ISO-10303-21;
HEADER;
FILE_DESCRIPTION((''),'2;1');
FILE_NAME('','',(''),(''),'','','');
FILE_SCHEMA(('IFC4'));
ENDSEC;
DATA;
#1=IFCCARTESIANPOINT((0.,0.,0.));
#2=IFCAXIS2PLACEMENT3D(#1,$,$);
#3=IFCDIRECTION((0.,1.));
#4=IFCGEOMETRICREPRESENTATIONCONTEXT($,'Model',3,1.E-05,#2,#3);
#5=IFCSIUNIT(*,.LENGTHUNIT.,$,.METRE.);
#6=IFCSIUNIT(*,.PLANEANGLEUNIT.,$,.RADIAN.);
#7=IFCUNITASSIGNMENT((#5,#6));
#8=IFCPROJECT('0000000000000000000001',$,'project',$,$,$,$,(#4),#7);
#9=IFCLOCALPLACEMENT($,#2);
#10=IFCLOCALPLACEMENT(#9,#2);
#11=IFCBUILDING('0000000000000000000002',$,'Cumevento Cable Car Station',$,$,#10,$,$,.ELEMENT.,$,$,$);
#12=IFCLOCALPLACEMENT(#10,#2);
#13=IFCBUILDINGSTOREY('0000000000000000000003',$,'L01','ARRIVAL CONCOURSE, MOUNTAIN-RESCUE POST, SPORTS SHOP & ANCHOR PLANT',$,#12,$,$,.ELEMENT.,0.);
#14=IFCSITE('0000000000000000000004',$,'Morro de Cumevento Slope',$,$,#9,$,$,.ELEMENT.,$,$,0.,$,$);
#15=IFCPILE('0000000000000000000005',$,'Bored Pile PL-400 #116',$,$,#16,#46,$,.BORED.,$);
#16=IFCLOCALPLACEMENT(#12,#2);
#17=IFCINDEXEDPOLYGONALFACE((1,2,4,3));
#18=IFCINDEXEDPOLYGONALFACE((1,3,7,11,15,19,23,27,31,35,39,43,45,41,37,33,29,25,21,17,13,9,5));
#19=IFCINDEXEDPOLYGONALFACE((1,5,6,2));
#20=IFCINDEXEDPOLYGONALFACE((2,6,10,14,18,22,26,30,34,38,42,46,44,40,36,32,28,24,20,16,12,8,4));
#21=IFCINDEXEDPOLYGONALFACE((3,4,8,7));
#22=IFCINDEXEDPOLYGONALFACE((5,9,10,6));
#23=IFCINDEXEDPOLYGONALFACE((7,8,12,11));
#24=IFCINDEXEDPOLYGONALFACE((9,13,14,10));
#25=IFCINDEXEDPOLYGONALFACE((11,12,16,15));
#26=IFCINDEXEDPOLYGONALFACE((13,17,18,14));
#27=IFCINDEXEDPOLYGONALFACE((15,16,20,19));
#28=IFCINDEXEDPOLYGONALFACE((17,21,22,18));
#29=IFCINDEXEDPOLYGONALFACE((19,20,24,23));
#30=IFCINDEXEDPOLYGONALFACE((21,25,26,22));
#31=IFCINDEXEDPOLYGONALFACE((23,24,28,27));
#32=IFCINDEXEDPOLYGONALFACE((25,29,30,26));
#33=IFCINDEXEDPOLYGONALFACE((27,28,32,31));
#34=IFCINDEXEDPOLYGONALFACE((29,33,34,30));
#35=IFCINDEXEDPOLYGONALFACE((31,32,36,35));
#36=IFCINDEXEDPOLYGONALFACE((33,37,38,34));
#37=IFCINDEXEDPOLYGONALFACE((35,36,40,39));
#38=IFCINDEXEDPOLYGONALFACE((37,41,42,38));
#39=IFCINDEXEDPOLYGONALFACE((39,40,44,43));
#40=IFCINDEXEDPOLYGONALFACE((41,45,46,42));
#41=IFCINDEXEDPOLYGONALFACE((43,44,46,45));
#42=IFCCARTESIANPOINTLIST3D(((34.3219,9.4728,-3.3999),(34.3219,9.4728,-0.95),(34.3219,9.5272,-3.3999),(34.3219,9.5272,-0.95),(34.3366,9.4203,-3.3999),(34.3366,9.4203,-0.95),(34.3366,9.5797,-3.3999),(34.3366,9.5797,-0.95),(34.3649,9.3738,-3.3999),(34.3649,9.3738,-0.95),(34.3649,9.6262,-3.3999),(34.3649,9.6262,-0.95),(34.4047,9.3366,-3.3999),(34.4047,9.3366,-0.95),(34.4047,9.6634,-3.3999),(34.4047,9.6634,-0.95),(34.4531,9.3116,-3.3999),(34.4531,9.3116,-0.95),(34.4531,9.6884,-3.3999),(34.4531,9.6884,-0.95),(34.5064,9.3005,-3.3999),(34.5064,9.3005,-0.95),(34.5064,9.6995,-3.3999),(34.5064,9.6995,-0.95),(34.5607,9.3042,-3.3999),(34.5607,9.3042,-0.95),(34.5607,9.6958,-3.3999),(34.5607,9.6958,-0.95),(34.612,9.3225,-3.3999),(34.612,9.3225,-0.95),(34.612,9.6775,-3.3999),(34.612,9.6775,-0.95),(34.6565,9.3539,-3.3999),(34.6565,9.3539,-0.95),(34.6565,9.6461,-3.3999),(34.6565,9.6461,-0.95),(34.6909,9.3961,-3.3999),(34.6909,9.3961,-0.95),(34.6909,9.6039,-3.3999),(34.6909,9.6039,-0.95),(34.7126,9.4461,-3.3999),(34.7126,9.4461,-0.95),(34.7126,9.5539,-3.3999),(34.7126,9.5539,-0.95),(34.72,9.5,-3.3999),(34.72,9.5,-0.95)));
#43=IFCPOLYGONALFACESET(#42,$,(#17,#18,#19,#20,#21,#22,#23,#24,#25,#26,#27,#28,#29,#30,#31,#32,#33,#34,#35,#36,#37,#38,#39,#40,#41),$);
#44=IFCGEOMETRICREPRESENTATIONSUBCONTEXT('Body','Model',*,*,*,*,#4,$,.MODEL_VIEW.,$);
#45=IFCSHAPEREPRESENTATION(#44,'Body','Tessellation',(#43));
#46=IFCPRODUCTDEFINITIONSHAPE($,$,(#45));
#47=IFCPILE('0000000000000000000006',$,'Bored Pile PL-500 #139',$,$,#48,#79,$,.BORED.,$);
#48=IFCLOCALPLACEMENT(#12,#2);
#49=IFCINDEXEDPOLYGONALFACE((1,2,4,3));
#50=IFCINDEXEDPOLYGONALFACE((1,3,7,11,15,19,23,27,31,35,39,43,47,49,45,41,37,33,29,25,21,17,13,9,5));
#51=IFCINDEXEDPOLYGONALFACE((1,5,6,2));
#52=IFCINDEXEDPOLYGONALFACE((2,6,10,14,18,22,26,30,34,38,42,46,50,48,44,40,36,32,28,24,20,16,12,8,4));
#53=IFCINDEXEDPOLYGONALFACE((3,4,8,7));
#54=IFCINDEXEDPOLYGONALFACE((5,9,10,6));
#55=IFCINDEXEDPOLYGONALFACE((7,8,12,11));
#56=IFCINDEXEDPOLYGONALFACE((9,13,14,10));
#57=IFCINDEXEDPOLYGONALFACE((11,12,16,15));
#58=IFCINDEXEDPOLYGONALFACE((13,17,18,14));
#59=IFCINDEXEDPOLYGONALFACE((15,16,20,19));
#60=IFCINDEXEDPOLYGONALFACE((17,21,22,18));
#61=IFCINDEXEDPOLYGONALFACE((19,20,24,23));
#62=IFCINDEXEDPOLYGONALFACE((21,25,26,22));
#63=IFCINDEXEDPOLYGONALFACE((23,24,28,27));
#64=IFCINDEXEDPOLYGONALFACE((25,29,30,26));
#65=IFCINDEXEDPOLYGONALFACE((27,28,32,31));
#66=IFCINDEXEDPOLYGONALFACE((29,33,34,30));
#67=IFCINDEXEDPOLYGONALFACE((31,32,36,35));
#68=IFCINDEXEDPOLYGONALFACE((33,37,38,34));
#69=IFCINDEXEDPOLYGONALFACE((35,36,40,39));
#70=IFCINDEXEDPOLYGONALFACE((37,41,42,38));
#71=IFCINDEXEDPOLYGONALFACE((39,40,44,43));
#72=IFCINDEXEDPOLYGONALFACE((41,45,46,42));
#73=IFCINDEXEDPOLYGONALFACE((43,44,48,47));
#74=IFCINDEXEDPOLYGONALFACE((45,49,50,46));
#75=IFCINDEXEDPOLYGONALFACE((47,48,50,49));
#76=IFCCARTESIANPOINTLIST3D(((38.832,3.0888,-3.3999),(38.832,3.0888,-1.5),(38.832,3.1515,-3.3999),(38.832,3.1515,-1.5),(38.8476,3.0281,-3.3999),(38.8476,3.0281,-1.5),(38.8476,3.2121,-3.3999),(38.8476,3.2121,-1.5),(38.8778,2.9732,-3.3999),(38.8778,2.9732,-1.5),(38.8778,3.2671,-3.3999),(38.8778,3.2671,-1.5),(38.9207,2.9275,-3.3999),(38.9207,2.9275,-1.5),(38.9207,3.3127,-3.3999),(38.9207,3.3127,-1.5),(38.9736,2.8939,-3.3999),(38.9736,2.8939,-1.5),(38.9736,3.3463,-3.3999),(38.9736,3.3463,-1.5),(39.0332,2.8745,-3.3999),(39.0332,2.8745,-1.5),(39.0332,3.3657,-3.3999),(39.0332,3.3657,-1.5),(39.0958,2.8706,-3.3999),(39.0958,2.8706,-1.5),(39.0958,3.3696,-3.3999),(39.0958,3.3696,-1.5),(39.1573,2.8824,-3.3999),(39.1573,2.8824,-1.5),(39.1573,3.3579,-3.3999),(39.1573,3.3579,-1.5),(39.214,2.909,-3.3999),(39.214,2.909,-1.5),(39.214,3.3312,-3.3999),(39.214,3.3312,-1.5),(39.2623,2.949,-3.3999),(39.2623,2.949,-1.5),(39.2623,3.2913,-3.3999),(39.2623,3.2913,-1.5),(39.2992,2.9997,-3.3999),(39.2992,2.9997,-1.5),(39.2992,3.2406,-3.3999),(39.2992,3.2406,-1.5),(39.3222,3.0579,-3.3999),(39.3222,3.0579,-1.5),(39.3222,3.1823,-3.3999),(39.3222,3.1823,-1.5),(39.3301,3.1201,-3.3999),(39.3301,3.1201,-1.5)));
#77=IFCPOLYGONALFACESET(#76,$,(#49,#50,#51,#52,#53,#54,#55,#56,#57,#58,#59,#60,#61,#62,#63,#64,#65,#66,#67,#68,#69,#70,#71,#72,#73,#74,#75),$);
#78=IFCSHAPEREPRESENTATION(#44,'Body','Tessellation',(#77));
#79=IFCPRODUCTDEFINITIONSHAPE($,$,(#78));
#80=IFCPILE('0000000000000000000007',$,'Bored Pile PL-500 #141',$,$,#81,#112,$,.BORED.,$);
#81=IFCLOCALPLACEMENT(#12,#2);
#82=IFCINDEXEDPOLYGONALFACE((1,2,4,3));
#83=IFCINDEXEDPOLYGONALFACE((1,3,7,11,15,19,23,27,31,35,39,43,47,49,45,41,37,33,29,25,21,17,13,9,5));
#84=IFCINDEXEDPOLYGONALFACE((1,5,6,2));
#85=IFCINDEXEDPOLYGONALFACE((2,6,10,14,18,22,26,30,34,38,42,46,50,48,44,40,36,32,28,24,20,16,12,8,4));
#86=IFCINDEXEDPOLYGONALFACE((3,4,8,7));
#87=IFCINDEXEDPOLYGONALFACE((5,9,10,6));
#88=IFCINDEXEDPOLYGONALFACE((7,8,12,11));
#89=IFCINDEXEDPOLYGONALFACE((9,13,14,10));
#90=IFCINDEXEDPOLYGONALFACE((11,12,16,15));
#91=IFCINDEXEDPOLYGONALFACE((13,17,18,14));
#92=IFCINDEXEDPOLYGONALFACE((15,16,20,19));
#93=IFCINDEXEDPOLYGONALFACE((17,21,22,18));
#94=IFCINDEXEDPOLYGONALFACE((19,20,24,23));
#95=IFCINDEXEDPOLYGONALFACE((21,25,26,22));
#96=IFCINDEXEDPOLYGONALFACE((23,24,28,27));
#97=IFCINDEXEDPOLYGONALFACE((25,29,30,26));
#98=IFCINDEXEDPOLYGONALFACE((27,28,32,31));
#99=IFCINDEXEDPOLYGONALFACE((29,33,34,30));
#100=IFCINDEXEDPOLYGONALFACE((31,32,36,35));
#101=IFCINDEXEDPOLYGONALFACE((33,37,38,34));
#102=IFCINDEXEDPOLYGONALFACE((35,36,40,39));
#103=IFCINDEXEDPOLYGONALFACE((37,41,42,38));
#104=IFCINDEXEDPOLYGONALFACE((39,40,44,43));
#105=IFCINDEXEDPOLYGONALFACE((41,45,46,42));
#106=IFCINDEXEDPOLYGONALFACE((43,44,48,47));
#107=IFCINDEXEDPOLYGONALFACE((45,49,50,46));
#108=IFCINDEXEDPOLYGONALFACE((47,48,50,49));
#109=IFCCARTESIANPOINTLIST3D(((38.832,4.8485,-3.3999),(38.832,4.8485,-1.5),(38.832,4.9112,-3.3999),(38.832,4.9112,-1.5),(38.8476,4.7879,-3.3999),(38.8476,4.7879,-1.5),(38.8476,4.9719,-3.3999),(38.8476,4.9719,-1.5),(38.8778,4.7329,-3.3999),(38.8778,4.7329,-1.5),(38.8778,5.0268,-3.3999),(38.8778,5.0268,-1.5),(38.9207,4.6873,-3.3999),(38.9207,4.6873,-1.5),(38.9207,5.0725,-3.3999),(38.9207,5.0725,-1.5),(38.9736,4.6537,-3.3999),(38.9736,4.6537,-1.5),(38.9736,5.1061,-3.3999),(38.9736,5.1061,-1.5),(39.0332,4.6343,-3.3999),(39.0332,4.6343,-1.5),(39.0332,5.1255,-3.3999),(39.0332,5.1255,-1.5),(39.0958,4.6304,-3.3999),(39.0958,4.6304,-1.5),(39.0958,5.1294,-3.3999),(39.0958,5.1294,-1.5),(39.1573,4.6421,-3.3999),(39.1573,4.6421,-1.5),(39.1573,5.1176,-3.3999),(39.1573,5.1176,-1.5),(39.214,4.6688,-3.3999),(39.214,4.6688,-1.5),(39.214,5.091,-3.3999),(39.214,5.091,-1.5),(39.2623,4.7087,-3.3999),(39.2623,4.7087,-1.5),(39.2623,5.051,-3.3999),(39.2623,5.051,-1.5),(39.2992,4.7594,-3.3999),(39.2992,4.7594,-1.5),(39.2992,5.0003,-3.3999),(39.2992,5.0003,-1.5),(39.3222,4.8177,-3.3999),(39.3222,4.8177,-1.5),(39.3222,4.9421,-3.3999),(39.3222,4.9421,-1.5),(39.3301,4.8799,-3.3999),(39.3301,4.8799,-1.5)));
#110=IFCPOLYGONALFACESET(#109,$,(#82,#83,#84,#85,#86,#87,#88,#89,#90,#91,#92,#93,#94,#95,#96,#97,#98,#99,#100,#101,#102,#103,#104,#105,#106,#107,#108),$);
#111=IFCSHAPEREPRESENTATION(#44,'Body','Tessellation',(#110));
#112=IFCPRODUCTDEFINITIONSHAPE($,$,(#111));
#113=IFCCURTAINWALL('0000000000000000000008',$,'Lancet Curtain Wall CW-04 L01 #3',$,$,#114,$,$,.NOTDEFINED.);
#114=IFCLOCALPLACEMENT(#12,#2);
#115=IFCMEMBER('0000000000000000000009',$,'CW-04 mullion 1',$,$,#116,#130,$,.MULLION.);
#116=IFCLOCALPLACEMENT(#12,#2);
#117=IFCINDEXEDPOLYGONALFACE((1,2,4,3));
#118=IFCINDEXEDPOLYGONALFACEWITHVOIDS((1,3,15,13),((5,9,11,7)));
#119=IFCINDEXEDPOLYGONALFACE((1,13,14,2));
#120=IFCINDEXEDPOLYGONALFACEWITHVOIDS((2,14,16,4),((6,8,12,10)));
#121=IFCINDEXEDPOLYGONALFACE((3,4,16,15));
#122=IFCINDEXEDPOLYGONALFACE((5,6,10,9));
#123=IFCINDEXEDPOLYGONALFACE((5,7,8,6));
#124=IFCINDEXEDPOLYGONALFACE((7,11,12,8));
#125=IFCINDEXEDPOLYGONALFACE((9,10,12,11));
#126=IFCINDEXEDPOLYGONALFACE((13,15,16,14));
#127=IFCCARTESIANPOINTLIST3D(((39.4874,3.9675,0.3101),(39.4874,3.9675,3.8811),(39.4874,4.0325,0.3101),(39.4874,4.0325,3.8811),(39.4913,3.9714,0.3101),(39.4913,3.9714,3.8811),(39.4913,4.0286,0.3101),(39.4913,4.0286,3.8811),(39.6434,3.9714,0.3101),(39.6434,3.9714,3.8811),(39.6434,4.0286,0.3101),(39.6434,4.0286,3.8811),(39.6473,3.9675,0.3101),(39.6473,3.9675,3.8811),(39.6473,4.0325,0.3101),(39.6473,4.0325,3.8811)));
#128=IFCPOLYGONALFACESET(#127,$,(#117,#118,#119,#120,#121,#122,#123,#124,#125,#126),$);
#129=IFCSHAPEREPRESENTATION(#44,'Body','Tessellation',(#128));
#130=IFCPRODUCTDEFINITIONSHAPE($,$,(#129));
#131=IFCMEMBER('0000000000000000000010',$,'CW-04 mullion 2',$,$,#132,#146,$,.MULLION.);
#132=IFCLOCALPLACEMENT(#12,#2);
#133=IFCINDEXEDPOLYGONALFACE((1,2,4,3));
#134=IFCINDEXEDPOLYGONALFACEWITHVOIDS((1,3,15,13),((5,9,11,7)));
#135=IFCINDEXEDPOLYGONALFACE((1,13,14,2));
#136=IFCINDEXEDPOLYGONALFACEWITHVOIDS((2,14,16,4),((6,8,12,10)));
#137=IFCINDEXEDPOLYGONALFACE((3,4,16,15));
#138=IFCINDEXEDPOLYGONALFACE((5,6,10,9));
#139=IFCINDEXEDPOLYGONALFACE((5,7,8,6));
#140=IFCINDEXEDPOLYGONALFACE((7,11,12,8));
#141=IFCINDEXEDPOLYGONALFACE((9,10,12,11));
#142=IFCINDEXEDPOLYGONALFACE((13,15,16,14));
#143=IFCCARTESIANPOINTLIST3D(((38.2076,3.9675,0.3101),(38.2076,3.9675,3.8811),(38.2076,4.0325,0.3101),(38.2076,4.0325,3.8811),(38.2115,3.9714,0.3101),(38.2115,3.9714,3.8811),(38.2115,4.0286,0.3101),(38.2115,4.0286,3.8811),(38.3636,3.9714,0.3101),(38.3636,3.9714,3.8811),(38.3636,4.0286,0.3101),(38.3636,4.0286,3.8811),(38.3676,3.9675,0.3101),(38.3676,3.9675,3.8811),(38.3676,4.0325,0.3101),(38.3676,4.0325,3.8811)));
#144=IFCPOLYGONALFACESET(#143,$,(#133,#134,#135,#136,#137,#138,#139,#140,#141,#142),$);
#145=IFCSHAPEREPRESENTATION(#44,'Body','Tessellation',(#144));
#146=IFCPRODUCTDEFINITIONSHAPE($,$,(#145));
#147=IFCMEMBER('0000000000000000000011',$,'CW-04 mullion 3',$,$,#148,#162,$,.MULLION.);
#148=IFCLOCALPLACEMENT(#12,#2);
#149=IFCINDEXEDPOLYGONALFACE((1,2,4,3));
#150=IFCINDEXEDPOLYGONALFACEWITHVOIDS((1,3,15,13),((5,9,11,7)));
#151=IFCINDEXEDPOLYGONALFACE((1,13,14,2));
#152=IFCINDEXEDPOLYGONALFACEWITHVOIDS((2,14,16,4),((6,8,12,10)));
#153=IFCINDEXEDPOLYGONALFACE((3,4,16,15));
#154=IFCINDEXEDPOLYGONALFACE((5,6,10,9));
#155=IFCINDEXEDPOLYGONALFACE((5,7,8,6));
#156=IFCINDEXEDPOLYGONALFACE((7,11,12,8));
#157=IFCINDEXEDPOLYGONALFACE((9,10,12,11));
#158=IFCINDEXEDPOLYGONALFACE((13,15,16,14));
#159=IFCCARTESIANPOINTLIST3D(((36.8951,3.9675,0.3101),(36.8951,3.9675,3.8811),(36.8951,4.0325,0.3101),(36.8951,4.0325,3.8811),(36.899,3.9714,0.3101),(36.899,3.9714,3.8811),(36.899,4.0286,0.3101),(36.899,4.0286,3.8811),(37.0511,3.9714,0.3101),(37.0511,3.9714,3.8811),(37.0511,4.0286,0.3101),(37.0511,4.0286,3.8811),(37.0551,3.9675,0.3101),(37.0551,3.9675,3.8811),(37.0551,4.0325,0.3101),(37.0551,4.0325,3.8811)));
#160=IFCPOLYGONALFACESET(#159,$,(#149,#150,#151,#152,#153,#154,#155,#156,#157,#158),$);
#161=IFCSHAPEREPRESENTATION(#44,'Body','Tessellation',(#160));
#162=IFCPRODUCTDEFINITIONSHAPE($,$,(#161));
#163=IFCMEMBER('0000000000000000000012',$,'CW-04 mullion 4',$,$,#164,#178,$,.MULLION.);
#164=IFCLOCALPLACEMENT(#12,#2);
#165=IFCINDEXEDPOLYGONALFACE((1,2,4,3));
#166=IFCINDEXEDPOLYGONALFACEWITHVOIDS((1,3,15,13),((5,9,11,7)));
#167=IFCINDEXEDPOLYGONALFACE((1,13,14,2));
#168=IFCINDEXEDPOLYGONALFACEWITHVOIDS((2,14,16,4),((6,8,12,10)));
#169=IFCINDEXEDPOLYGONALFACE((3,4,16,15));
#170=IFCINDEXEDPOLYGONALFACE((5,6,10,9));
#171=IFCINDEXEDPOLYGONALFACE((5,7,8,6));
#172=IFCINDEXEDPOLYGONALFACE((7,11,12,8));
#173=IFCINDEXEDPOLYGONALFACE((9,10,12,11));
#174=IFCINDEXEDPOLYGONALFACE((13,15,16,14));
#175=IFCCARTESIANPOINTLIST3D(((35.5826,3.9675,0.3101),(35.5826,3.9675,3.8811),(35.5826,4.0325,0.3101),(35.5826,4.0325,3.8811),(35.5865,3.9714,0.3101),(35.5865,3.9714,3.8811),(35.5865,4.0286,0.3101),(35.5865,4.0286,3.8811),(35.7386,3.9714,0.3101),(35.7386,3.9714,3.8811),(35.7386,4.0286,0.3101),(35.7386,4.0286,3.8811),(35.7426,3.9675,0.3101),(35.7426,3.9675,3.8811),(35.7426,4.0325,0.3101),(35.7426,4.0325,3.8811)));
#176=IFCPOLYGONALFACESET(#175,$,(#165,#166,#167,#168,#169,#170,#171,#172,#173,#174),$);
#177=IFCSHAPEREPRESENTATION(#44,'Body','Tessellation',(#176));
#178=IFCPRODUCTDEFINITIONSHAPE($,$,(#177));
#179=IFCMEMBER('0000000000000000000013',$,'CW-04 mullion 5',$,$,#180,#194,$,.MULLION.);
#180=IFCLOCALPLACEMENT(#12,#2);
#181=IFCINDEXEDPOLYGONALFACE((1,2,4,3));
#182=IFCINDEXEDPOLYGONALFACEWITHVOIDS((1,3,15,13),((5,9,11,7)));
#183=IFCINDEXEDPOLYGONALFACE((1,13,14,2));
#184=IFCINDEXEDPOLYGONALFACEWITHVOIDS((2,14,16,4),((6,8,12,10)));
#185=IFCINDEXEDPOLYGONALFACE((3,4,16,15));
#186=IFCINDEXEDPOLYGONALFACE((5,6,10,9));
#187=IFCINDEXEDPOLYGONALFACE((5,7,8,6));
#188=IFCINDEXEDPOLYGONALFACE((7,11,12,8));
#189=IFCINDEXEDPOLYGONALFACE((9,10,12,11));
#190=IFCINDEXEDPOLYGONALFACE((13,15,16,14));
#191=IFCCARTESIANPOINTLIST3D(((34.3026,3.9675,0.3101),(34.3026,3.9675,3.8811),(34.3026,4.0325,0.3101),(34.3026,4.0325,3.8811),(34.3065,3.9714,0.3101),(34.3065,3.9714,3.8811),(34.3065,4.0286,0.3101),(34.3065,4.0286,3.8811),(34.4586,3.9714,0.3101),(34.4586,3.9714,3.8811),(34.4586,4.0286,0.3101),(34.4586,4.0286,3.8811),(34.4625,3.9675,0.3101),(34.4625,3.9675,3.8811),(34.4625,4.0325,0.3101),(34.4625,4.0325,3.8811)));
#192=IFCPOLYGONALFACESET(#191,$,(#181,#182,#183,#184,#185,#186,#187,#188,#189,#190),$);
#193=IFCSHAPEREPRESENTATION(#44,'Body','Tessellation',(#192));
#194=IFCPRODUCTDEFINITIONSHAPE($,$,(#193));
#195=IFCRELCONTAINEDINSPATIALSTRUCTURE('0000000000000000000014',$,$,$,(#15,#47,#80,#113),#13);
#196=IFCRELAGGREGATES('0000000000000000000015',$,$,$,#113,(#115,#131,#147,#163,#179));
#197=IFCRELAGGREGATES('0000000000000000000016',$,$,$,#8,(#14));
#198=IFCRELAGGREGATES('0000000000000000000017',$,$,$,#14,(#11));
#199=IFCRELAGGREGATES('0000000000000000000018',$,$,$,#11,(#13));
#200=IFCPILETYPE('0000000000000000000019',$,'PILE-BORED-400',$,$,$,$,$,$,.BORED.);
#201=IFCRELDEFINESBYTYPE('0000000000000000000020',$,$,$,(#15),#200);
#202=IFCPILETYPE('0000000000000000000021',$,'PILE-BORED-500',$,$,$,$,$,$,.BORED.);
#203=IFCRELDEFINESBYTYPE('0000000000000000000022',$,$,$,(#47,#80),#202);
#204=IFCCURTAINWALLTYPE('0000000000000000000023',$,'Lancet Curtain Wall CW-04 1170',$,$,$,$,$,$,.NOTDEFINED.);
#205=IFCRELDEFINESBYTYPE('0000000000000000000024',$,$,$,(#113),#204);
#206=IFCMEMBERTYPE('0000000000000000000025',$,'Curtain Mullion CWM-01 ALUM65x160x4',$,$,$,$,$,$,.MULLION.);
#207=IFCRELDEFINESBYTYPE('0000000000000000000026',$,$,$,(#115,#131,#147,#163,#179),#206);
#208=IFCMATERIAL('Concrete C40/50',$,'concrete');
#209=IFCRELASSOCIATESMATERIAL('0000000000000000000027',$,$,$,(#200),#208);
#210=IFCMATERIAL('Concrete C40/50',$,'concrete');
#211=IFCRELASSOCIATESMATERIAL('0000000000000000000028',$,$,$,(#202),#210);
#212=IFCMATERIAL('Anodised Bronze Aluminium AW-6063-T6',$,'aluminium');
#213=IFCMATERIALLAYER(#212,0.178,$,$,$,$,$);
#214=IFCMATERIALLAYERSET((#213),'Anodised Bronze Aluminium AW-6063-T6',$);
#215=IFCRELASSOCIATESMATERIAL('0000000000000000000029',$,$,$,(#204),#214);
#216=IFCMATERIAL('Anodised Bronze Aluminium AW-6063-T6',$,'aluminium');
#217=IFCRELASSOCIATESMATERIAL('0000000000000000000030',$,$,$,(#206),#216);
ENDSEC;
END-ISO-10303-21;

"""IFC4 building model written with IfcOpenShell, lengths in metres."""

from ifc_helpers import new_model, si_unit, direction, frame, origin, origin_2d, place, context, subcontext, project, spatial, hollow_rectangle, circle, extrude, material, layer, layer_set, material_profile, profile_set, type_object, element, aggregate, save


model = new_model("IFC4")

# Units and contexts
model_context = context("Model", 3, precision=1e-05, world=origin(), true_north=direction((0.0, 1.0)))
body_context = subcontext(model_context, "Body", "Model", "MODEL_VIEW")
ifc_project = project(units=[si_unit("LENGTHUNIT", "METRE"), si_unit("PLANEANGLEUNIT", "RADIAN")], contexts=[model_context])

# Site, building, storey
site_placement = place(None, origin())
site = spatial("IfcSite", under=ifc_project, at=site_placement, Name="Morro de Cumevento Slope", CompositionType="ELEMENT", RefElevation=0.0)
building_placement = place(site_placement, origin())
building = spatial("IfcBuilding", under=site, at=building_placement, Name="Cumevento Cable Car Station", CompositionType="ELEMENT")
storey_placement = place(building_placement, origin())
storey = spatial("IfcBuildingStorey", under=building, at=storey_placement, Name="L01", Description="ARRIVAL CONCOURSE, MOUNTAIN-RESCUE POST, SPORTS SHOP & ANCHOR PLANT", CompositionType="ELEMENT", Elevation=0.0)

# Piles
ifc_material_1 = material(Name="Concrete C40/50", Category="concrete")
ifc_material_profile_1 = material_profile(ifc_material_1, circle(Radius=0.2, at=origin_2d()), Name="PILE-D400")
ifc_profile_set_1 = profile_set([ifc_material_profile_1], Name="Concrete C40/50")
pile_type_1 = type_object("IfcPileType", Name="PILE-BORED-400", PredefinedType="BORED", material=ifc_profile_set_1)
pile_placement = place(storey_placement, frame((34.52, 9.5, -0.95), z_axis=(0.0, 0.0, -1.0), x_axis=(1.0, 0.0, 0.0)))
element("IfcPile", 1, at=pile_placement, inside=storey, type_object=pile_type_1, Name="Bored Pile PL-400 #116", PredefinedType="BORED", context=body_context, shape_type="SweptSolid", body=[
    extrude(circle(Radius=0.2, at=origin_2d()), origin(), (0.0, 0.0, 1.0), 2.45),
])
ifc_material_2 = material(Name="Concrete C40/50", Category="concrete")
ifc_material_profile_2 = material_profile(ifc_material_2, circle(Radius=0.25, at=origin_2d()), Name="PILE-D500")
ifc_profile_set_2 = profile_set([ifc_material_profile_2], Name="Concrete C40/50")
pile_type_2 = type_object("IfcPileType", Name="PILE-BORED-500", PredefinedType="BORED", material=ifc_profile_set_2)
for number, where, z_axis, x_axis, name in (
    (2, (39.0801, 3.1201, -1.5), (0.0, 0.0, -1.0), (1.0, 0.0, 0.0), "Bored Pile PL-500 #139"),
    (3, (39.0801, 4.8799, -1.5), (0.0, 0.0, -1.0), (1.0, 0.0, 0.0), "Bored Pile PL-500 #141"),
):
    element("IfcPile", number, at=place(storey_placement, frame(where, z_axis=z_axis, x_axis=x_axis)), inside=storey, type_object=pile_type_2, Name=name, PredefinedType="BORED", context=body_context, shape_type="SweptSolid", body=[
        extrude(circle(Radius=0.25, at=origin_2d()), origin(), (0.0, 0.0, 1.0), 1.8999),
    ])

# Curtain wall, members
ifc_material_3 = material(Name="Anodised Bronze Aluminium AW-6063-T6", Category="aluminium")
ifc_layer_1 = layer(ifc_material_3, 0.178)
ifc_layer_set_1 = layer_set([ifc_layer_1], Name="Anodised Bronze Aluminium AW-6063-T6")
curtain_wall_type = type_object("IfcCurtainWallType", Name="Lancet Curtain Wall CW-04 1170", PredefinedType="NOTDEFINED", material=ifc_layer_set_1)
curtain_wall_placement = place(storey_placement, origin())
curtain_wall = element("IfcCurtainWall", 4, at=curtain_wall_placement, inside=storey, type_object=curtain_wall_type, Name="Lancet Curtain Wall CW-04 L01 #3", PredefinedType="NOTDEFINED")
ifc_material_4 = material(Name="Anodised Bronze Aluminium AW-6063-T6", Category="aluminium")
ifc_material_profile_3 = material_profile(ifc_material_4, hollow_rectangle(XDim=0.0649, YDim=0.1599, WallThickness=0.0039, at=origin_2d()), Name="ALUM65x160x4")
ifc_profile_set_3 = profile_set([ifc_material_profile_3], Name="Anodised Bronze Aluminium AW-6063-T6")
member_type_1 = type_object("IfcMemberType", Name="Curtain Mullion CWM-01 ALUM65x160x4", PredefinedType="MULLION", material=ifc_profile_set_3)
member_1_placement = place(storey_placement, frame((39.5674, 4.0, 0.3101), z_axis=(0.0, 0.0, 1.0), x_axis=(0.0, -1.0, 0.0)))
member_1 = element("IfcMember", 5, at=member_1_placement, type_object=member_type_1, Name="CW-04 mullion 1", PredefinedType="MULLION", context=body_context, shape_type="SweptSolid", body=[
    extrude(hollow_rectangle(XDim=0.0649, YDim=0.1599, WallThickness=0.0039, at=origin_2d()), origin(), (0.0, 0.0, 1.0), 3.571),
])
member_2_placement = place(storey_placement, frame((38.2876, 4.0, 0.3101), z_axis=(0.0, 0.0, 1.0), x_axis=(0.0, -1.0, 0.0)))
member_2 = element("IfcMember", 6, at=member_2_placement, type_object=member_type_1, Name="CW-04 mullion 2", PredefinedType="MULLION", context=body_context, shape_type="SweptSolid", body=[
    extrude(hollow_rectangle(XDim=0.0649, YDim=0.1599, WallThickness=0.0039, at=origin_2d()), origin(), (0.0, 0.0, 1.0), 3.571),
])
member_3_placement = place(storey_placement, frame((36.9751, 4.0, 0.3101), z_axis=(0.0, 0.0, 1.0), x_axis=(0.0, -1.0, 0.0)))
member_3 = element("IfcMember", 7, at=member_3_placement, type_object=member_type_1, Name="CW-04 mullion 3", PredefinedType="MULLION", context=body_context, shape_type="SweptSolid", body=[
    extrude(hollow_rectangle(XDim=0.0649, YDim=0.1599, WallThickness=0.0039, at=origin_2d()), origin(), (0.0, 0.0, 1.0), 3.571),
])
member_4_placement = place(storey_placement, frame((35.6626, 4.0, 0.3101), z_axis=(0.0, 0.0, 1.0), x_axis=(0.0, -1.0, 0.0)))
member_4 = element("IfcMember", 8, at=member_4_placement, type_object=member_type_1, Name="CW-04 mullion 4", PredefinedType="MULLION", context=body_context, shape_type="SweptSolid", body=[
    extrude(hollow_rectangle(XDim=0.0649, YDim=0.1599, WallThickness=0.0039, at=origin_2d()), origin(), (0.0, 0.0, 1.0), 3.571),
])
member_5_placement = place(storey_placement, frame((34.3826, 4.0, 0.3101), z_axis=(0.0, 0.0, 1.0), x_axis=(0.0, -1.0, 0.0)))
member_5 = element("IfcMember", 9, at=member_5_placement, type_object=member_type_1, Name="CW-04 mullion 5", PredefinedType="MULLION", context=body_context, shape_type="SweptSolid", body=[
    extrude(hollow_rectangle(XDim=0.0649, YDim=0.1599, WallThickness=0.0039, at=origin_2d()), origin(), (0.0, 0.0, 1.0), 3.571),
])
aggregate(curtain_wall, [member_1, member_2, member_3, member_4, member_5])

save(model, "model.ifc")
